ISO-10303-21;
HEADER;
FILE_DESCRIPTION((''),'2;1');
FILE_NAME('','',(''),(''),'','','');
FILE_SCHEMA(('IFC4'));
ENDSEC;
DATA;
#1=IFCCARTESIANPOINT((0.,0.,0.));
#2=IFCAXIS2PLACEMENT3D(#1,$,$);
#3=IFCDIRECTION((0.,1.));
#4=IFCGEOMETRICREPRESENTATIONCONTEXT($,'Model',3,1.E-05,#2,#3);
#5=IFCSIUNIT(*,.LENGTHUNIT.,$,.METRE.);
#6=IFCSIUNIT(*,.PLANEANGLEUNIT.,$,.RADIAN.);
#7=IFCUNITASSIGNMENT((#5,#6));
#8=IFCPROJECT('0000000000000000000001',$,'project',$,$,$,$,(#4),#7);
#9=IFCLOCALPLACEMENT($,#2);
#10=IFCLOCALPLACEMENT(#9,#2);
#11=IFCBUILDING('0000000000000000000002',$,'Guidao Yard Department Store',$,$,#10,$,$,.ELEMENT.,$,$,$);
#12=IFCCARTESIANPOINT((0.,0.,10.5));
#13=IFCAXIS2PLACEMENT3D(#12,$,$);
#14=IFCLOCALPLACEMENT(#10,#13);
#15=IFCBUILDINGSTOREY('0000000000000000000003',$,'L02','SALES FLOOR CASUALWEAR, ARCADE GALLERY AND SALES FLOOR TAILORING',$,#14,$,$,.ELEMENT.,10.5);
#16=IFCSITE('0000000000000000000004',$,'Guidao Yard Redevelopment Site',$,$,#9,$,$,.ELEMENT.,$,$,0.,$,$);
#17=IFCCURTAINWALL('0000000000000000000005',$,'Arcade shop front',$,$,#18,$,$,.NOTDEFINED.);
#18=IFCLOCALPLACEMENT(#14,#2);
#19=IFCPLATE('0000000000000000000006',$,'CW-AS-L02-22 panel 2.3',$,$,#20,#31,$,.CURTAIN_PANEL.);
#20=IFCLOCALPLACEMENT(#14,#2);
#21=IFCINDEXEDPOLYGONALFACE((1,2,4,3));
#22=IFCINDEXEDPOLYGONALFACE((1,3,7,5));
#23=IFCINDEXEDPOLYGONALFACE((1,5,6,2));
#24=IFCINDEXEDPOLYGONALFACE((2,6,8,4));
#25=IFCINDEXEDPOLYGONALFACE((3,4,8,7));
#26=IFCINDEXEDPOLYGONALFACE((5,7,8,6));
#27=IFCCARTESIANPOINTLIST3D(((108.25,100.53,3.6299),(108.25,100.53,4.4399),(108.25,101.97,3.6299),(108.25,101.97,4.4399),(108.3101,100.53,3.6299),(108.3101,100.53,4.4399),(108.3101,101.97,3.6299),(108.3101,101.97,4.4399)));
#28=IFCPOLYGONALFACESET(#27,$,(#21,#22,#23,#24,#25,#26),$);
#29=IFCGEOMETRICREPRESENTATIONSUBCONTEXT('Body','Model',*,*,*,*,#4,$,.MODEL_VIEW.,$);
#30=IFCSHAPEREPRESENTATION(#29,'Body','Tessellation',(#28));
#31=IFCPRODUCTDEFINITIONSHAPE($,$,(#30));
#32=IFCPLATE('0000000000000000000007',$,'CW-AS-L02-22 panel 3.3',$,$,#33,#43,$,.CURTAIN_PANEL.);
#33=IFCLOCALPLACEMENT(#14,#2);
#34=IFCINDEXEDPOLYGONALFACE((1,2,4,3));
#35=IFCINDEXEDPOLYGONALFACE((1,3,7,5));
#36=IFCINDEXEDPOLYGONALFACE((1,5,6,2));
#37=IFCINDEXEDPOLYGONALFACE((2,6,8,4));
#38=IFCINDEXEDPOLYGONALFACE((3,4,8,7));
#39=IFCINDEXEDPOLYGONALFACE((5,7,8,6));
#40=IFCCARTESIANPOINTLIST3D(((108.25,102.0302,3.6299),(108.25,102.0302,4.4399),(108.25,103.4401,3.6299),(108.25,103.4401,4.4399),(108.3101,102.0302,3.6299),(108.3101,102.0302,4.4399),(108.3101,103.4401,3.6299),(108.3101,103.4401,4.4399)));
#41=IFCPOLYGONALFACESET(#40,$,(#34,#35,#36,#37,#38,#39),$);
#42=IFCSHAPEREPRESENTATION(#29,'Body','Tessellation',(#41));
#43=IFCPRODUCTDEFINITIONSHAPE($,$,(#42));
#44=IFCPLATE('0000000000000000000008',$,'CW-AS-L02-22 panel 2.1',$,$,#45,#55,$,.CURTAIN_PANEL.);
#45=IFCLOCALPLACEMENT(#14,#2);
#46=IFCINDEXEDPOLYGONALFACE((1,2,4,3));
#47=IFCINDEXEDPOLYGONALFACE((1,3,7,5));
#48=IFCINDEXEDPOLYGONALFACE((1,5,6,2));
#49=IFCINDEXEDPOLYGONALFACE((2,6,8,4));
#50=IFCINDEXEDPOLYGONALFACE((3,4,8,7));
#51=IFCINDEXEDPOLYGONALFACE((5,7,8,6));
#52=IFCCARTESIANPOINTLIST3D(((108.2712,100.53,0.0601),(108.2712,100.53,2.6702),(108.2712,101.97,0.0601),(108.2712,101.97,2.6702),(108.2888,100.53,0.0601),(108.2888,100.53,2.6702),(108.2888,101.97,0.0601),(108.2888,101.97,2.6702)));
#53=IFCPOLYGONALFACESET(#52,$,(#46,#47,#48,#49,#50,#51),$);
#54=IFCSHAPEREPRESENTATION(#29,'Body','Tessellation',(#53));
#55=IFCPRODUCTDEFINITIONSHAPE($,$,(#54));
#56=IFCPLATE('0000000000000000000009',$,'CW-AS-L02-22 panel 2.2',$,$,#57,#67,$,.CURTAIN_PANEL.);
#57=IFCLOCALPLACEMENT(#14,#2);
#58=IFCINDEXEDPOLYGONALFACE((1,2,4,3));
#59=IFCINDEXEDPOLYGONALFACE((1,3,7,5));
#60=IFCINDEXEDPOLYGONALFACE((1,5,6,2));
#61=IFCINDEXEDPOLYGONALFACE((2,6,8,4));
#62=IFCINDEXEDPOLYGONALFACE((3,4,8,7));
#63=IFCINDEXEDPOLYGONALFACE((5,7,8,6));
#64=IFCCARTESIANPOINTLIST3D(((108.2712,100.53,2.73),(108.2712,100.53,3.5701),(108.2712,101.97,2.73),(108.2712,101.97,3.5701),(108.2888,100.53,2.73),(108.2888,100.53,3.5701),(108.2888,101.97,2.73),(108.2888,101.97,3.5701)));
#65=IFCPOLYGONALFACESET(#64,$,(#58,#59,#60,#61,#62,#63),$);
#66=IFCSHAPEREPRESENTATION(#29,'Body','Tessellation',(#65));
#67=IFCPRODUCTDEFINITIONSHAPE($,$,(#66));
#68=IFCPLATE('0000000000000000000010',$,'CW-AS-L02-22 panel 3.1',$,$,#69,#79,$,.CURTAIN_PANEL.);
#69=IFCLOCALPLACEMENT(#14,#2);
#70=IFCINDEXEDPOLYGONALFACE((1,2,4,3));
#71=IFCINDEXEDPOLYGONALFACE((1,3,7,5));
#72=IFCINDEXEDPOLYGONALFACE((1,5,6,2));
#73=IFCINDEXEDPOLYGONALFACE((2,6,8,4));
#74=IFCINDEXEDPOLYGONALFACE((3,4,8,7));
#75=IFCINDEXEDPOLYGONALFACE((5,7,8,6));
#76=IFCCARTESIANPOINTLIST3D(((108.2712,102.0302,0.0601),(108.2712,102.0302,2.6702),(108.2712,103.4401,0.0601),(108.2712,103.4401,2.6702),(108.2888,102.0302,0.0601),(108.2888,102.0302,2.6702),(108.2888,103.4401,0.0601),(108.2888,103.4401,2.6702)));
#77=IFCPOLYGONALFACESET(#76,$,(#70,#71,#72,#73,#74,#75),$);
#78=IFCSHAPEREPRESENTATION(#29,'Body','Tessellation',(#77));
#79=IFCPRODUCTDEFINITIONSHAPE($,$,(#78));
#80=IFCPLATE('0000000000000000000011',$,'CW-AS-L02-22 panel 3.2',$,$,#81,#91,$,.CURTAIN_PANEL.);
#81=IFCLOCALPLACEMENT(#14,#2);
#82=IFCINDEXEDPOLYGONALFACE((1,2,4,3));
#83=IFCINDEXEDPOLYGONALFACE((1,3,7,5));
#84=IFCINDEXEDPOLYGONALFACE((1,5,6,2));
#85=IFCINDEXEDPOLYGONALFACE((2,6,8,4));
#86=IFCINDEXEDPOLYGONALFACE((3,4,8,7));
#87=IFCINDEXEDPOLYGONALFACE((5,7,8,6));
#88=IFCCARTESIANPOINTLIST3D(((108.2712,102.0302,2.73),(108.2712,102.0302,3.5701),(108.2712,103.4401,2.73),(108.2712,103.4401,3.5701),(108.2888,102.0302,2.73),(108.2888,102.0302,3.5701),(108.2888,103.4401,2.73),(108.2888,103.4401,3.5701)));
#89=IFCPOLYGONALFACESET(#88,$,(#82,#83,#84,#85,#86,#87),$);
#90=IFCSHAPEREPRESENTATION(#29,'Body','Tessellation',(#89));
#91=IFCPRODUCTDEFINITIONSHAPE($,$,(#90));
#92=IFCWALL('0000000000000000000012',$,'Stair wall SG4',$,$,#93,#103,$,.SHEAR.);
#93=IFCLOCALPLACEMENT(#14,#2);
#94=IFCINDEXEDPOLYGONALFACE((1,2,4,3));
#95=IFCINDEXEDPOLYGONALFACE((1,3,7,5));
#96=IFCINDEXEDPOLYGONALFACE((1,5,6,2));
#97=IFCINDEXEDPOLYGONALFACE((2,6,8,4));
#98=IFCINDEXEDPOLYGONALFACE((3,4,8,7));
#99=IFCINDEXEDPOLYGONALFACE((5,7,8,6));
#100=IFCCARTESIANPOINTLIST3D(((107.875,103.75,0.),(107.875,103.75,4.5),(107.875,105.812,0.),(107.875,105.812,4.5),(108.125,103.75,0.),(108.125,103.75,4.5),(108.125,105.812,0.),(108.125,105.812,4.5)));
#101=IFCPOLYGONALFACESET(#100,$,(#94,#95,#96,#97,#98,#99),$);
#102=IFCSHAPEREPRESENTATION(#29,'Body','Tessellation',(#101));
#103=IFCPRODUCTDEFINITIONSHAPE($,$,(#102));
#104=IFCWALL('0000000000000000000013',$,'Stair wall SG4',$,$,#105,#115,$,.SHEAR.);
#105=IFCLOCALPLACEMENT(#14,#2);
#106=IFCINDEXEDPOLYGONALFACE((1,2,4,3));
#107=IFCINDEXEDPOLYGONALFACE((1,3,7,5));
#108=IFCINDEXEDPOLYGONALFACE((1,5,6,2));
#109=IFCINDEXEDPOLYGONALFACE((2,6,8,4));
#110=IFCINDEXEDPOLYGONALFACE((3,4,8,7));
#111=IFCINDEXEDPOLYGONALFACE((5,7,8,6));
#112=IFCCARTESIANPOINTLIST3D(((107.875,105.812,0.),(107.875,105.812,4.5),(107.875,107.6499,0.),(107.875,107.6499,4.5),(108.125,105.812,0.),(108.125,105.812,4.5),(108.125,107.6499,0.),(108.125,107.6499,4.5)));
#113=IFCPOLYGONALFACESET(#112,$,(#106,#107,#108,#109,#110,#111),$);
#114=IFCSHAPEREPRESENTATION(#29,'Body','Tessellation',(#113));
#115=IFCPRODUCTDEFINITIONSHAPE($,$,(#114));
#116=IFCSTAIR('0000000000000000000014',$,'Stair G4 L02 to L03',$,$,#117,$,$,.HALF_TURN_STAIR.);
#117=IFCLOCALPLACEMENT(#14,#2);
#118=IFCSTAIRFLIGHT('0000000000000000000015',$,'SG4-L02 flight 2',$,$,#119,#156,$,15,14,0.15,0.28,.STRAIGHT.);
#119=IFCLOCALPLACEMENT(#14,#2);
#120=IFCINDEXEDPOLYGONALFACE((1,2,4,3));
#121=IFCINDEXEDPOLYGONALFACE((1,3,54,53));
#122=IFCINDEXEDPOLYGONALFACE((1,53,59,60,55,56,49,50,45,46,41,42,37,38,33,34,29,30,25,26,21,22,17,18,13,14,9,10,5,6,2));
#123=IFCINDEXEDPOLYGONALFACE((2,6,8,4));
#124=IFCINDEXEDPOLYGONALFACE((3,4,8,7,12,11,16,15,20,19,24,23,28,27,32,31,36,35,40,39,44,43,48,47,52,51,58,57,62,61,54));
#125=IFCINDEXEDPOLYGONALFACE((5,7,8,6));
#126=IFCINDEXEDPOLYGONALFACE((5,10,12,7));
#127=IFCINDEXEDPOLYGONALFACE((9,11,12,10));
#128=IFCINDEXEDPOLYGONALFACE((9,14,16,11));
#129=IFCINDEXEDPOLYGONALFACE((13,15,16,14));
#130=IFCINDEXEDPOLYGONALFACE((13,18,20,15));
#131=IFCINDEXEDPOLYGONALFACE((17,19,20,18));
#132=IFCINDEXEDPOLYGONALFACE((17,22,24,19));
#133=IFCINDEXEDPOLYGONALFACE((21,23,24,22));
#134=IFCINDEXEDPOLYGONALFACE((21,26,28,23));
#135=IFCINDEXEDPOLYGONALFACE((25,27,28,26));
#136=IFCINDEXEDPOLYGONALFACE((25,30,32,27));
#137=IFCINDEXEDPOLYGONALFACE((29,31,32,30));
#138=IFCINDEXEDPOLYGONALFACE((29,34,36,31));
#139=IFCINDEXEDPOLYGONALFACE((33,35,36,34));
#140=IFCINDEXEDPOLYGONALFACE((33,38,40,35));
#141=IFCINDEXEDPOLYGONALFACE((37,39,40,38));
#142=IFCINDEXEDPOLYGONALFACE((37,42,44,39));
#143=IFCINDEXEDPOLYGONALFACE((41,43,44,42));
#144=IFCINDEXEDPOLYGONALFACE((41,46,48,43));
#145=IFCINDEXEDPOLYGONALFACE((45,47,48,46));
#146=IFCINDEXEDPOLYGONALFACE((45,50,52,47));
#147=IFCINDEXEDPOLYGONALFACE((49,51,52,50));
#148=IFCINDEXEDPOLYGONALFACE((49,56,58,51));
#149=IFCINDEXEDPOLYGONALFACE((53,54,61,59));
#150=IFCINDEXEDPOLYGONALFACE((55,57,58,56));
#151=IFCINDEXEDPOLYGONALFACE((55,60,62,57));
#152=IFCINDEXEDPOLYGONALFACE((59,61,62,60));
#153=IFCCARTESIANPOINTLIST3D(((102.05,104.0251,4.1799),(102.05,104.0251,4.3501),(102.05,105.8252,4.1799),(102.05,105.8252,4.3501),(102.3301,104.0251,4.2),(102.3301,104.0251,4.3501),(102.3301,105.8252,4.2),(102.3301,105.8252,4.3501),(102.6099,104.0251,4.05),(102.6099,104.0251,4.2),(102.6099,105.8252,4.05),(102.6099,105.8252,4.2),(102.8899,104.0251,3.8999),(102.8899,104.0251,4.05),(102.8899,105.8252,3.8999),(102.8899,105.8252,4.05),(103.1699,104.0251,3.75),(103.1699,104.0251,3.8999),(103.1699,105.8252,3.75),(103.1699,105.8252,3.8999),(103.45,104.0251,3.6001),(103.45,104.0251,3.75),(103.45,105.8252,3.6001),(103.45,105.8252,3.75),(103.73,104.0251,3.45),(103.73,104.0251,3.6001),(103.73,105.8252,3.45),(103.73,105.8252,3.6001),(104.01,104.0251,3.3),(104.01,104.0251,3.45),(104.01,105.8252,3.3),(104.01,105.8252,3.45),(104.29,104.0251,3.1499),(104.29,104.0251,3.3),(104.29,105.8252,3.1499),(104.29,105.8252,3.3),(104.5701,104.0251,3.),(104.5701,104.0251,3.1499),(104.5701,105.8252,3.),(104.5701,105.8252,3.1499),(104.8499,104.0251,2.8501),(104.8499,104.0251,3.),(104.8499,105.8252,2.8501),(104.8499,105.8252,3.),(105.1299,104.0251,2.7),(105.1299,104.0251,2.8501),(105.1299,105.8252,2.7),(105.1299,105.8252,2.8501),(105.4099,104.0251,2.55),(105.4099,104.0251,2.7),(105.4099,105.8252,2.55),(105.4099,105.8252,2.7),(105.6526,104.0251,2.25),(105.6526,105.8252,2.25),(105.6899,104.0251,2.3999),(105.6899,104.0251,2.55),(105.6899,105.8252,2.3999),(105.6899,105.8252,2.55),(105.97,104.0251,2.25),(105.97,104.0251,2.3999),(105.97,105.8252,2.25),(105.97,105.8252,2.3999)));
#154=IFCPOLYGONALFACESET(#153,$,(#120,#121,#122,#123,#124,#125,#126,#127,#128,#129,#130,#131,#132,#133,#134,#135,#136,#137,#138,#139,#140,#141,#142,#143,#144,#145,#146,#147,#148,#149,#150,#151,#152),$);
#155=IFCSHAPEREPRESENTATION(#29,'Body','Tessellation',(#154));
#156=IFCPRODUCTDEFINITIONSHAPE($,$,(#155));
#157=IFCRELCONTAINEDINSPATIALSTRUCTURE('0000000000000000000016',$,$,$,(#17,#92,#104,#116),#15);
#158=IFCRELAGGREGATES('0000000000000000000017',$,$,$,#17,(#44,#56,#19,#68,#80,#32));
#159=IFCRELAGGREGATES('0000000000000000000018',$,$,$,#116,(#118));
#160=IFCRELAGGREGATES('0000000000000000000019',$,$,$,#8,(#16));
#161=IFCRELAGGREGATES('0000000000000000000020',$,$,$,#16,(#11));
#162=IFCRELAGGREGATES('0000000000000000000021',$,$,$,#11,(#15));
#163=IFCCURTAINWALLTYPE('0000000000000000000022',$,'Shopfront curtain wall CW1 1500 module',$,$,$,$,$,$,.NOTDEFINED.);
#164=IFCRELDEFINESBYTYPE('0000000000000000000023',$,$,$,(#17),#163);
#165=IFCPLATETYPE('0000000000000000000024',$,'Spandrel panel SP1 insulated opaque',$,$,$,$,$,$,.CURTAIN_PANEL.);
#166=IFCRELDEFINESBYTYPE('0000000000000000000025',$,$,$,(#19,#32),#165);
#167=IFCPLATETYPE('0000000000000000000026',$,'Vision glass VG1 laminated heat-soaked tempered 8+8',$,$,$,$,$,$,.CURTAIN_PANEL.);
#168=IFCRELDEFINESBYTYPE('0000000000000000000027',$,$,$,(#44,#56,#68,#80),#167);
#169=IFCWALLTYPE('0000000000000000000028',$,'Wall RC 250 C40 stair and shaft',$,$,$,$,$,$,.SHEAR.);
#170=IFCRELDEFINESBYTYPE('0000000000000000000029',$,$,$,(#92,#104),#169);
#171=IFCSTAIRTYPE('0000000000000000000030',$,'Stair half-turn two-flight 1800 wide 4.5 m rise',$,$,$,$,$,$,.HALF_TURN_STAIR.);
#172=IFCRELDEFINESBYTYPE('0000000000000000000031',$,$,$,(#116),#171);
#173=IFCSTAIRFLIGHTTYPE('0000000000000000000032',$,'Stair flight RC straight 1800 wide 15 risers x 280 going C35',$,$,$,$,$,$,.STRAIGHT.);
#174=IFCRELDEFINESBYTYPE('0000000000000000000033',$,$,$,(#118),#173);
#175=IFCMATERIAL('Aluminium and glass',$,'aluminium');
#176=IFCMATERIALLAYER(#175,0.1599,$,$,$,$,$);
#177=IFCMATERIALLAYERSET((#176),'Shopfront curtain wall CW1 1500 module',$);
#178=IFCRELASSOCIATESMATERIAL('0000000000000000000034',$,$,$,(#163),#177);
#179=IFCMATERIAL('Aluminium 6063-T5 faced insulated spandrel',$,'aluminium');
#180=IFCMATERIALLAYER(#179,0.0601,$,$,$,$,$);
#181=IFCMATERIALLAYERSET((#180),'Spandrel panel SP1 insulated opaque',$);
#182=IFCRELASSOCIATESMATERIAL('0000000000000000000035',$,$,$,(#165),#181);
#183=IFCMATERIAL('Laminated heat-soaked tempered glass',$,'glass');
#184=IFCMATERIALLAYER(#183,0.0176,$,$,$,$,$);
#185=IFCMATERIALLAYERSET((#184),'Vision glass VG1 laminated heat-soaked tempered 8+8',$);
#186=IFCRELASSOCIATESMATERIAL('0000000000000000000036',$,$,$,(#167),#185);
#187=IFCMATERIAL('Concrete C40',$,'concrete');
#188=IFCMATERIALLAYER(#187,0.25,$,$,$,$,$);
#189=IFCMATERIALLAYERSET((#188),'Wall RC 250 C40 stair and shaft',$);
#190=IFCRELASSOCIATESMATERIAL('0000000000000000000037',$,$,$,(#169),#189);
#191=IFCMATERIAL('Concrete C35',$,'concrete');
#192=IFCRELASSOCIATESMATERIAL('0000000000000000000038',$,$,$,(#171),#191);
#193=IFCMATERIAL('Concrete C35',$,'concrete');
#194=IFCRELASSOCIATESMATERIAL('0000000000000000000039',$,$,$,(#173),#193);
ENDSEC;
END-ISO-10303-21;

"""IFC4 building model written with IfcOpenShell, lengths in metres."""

from ifc_helpers import new_model, si_unit, direction, frame, frame_2d, origin, origin_2d, place, context, subcontext, project, spatial, polyline, rectangle, outline, extrude, material, layer, layer_set, type_object, element, aggregate, save


model = new_model("IFC4")

# Units and contexts
model_context = context("Model", 3, precision=1e-05, world=origin(), true_north=direction((0.0, 1.0)))
body_context = subcontext(model_context, "Body", "Model", "MODEL_VIEW")
ifc_project = project(units=[si_unit("LENGTHUNIT", "METRE"), si_unit("PLANEANGLEUNIT", "RADIAN")], contexts=[model_context])

# Site, building, storey
site_placement = place(None, origin())
site = spatial("IfcSite", under=ifc_project, at=site_placement, Name="Guidao Yard Redevelopment Site", CompositionType="ELEMENT", RefElevation=0.0)
building_placement = place(site_placement, origin())
building = spatial("IfcBuilding", under=site, at=building_placement, Name="Guidao Yard Department Store", CompositionType="ELEMENT")
storey_placement = place(building_placement, frame((0.0, 0.0, 10.5)))
storey = spatial("IfcBuildingStorey", under=building, at=storey_placement, Name="L02", Description="SALES FLOOR CASUALWEAR, ARCADE GALLERY AND SALES FLOOR TAILORING", CompositionType="ELEMENT", Elevation=10.5)

# Curtain wall, plates
ifc_material_1 = material(Name="Aluminium and glass", Category="aluminium")
ifc_layer_1 = layer(ifc_material_1, 0.1599)
ifc_layer_set_1 = layer_set([ifc_layer_1], Name="Shopfront curtain wall CW1 1500 module")
curtain_wall_type = type_object("IfcCurtainWallType", Name="Shopfront curtain wall CW1 1500 module", PredefinedType="NOTDEFINED", material=ifc_layer_set_1)
curtain_wall_placement = place(storey_placement, origin())
curtain_wall = element("IfcCurtainWall", 1, at=curtain_wall_placement, inside=storey, type_object=curtain_wall_type, Name="Arcade shop front", PredefinedType="NOTDEFINED")
ifc_material_2 = material(Name="Aluminium 6063-T5 faced insulated spandrel", Category="aluminium")
ifc_layer_2 = layer(ifc_material_2, 0.0601)
ifc_layer_set_2 = layer_set([ifc_layer_2], Name="Spandrel panel SP1 insulated opaque")
plate_type_1 = type_object("IfcPlateType", Name="Spandrel panel SP1 insulated opaque", PredefinedType="CURTAIN_PANEL", material=ifc_layer_set_2)
plate_1_placement = place(storey_placement, frame((108.28, 101.25, 3.6299), z_axis=(0.0, 0.0, 1.0), x_axis=(0.0, -1.0, 0.0)))
plate_1 = element("IfcPlate", 2, at=plate_1_placement, type_object=plate_type_1, Name="CW-AS-L02-22 panel 2.3", PredefinedType="CURTAIN_PANEL", context=body_context, shape_type="SweptSolid", body=[
    extrude(rectangle(XDim=1.4399, YDim=0.0601, at=origin_2d()), origin(), (0.0, 0.0, 1.0), 0.8101),
])
plate_2_placement = place(storey_placement, frame((108.28, 102.7351, 3.6299), z_axis=(0.0, 0.0, 1.0), x_axis=(0.0, -1.0, 0.0)))
plate_2 = element("IfcPlate", 3, at=plate_2_placement, type_object=plate_type_1, Name="CW-AS-L02-22 panel 3.3", PredefinedType="CURTAIN_PANEL", context=body_context, shape_type="SweptSolid", body=[
    extrude(rectangle(XDim=1.4099, YDim=0.0601, at=origin_2d()), origin(), (0.0, 0.0, 1.0), 0.8101),
])
ifc_material_3 = material(Name="Laminated heat-soaked tempered glass", Category="glass")
ifc_layer_3 = layer(ifc_material_3, 0.0176)
ifc_layer_set_3 = layer_set([ifc_layer_3], Name="Vision glass VG1 laminated heat-soaked tempered 8+8")
plate_type_2 = type_object("IfcPlateType", Name="Vision glass VG1 laminated heat-soaked tempered 8+8", PredefinedType="CURTAIN_PANEL", material=ifc_layer_set_3)
plate_3_placement = place(storey_placement, frame((108.28, 101.25, 0.0601), z_axis=(0.0, 0.0, 1.0), x_axis=(0.0, -1.0, 0.0)))
plate_3 = element("IfcPlate", 4, at=plate_3_placement, type_object=plate_type_2, Name="CW-AS-L02-22 panel 2.1", PredefinedType="CURTAIN_PANEL", context=body_context, shape_type="SweptSolid", body=[
    extrude(rectangle(XDim=1.4399, YDim=0.0176, at=origin_2d()), origin(), (0.0, 0.0, 1.0), 2.6101),
])
plate_4_placement = place(storey_placement, frame((108.28, 101.25, 2.73), z_axis=(0.0, 0.0, 1.0), x_axis=(0.0, -1.0, 0.0)))
plate_4 = element("IfcPlate", 5, at=plate_4_placement, type_object=plate_type_2, Name="CW-AS-L02-22 panel 2.2", PredefinedType="CURTAIN_PANEL", context=body_context, shape_type="SweptSolid", body=[
    extrude(rectangle(XDim=1.4399, YDim=0.0176, at=origin_2d()), origin(), (0.0, 0.0, 1.0), 0.8401),
])
plate_5_placement = place(storey_placement, frame((108.28, 102.7351, 0.0601), z_axis=(0.0, 0.0, 1.0), x_axis=(0.0, -1.0, 0.0)))
plate_5 = element("IfcPlate", 6, at=plate_5_placement, type_object=plate_type_2, Name="CW-AS-L02-22 panel 3.1", PredefinedType="CURTAIN_PANEL", context=body_context, shape_type="SweptSolid", body=[
    extrude(rectangle(XDim=1.4099, YDim=0.0176, at=origin_2d()), origin(), (0.0, 0.0, 1.0), 2.6101),
])
plate_6_placement = place(storey_placement, frame((108.28, 102.7351, 2.73), z_axis=(0.0, 0.0, 1.0), x_axis=(0.0, -1.0, 0.0)))
plate_6 = element("IfcPlate", 7, at=plate_6_placement, type_object=plate_type_2, Name="CW-AS-L02-22 panel 3.2", PredefinedType="CURTAIN_PANEL", context=body_context, shape_type="SweptSolid", body=[
    extrude(rectangle(XDim=1.4099, YDim=0.0176, at=origin_2d()), origin(), (0.0, 0.0, 1.0), 0.8401),
])
aggregate(curtain_wall, [plate_3, plate_4, plate_1, plate_5, plate_6, plate_2])

# Walls
ifc_material_4 = material(Name="Concrete C40", Category="concrete")
ifc_layer_4 = layer(ifc_material_4, 0.25)
ifc_layer_set_4 = layer_set([ifc_layer_4], Name="Wall RC 250 C40 stair and shaft")
wall_type = type_object("IfcWallType", Name="Wall RC 250 C40 stair and shaft", PredefinedType="SHEAR", material=ifc_layer_set_4)
wall_1_placement = place(storey_placement, frame((108.0, 103.75, 0.0), z_axis=(0.0, 0.0, 1.0), x_axis=(0.0, 1.0, 0.0)))
element("IfcWall", 8, at=wall_1_placement, inside=storey, type_object=wall_type, Name="Stair wall SG4", PredefinedType="SHEAR", context=body_context, shape_type="SweptSolid", body=[
    extrude(rectangle(XDim=2.062, YDim=0.25, at=frame_2d((1.031, 0.0))), origin(), (0.0, 0.0, 1.0), 4.5),
])
wall_2_placement = place(storey_placement, frame((108.0, 105.812, 0.0), z_axis=(0.0, 0.0, 1.0), x_axis=(0.0, 1.0, 0.0)))
element("IfcWall", 9, at=wall_2_placement, inside=storey, type_object=wall_type, Name="Stair wall SG4", PredefinedType="SHEAR", context=body_context, shape_type="SweptSolid", body=[
    extrude(rectangle(XDim=1.8379, YDim=0.25, at=frame_2d((0.9189, 0.0))), origin(), (0.0, 0.0, 1.0), 4.5),
])

# Stair, stair flight
ifc_material_5 = material(Name="Concrete C35", Category="concrete")
stair_type = type_object("IfcStairType", Name="Stair half-turn two-flight 1800 wide 4.5 m rise", PredefinedType="HALF_TURN_STAIR", material=ifc_material_5)
stair_placement = place(storey_placement, origin())
stair = element("IfcStair", 10, at=stair_placement, inside=storey, type_object=stair_type, Name="Stair G4 L02 to L03", PredefinedType="HALF_TURN_STAIR")
ifc_material_6 = material(Name="Concrete C35", Category="concrete")
stair_flight_type = type_object("IfcStairFlightType", Name="Stair flight RC straight 1800 wide 15 risers x 280 going C35", PredefinedType="STRAIGHT", material=ifc_material_6)
stair_flight_placement = place(storey_placement, frame((105.97, 104.925, 2.25), z_axis=(0.0, 0.0, 1.0), x_axis=(-1.0, 0.0, 0.0)))
stair_flight = element("IfcStairFlight", 11, at=stair_flight_placement, type_object=stair_flight_type, Name="SG4-L02 flight 2", NumberOfRisers=15, NumberOfTreads=14, PredefinedType="STRAIGHT", RiserHeight=0.15, TreadLength=0.28, context=body_context, shape_type="SweptSolid", body=[
    extrude(outline(polyline([(0.0, 0.0), (0.0, 0.1499), (0.28, 0.1499), (0.28, 0.3), (0.5601, 0.3), (0.5601, 0.45), (0.8401, 0.45), (0.8401, 0.6001), (1.1201, 0.6001), (1.1201, 0.75), (1.3999, 0.75), (1.3999, 0.8999), (1.6799, 0.8999), (1.6799, 1.05), (1.96, 1.05), (1.96, 1.2), (2.24, 1.2), (2.24, 1.3501), (2.52, 1.3501), (2.52, 1.5), (2.8, 1.5), (2.8, 1.6499), (3.0801, 1.6499), (3.0801, 1.8), (3.3601, 1.8), (3.3601, 1.95), (3.6399, 1.95), (3.6399, 2.1001), (3.9199, 2.1001), (3.9199, 2.25), (3.9199, 1.9299), (0.3174, 0.0), (0.0, 0.0)])), frame((0.0, 0.8999, 0.0), z_axis=(0.0, -1.0, 0.0), x_axis=(1.0, 0.0, 0.0)), (0.0, 0.0, 1.0), 1.8),
])
aggregate(stair, [stair_flight])

save(model, "model.ifc")
